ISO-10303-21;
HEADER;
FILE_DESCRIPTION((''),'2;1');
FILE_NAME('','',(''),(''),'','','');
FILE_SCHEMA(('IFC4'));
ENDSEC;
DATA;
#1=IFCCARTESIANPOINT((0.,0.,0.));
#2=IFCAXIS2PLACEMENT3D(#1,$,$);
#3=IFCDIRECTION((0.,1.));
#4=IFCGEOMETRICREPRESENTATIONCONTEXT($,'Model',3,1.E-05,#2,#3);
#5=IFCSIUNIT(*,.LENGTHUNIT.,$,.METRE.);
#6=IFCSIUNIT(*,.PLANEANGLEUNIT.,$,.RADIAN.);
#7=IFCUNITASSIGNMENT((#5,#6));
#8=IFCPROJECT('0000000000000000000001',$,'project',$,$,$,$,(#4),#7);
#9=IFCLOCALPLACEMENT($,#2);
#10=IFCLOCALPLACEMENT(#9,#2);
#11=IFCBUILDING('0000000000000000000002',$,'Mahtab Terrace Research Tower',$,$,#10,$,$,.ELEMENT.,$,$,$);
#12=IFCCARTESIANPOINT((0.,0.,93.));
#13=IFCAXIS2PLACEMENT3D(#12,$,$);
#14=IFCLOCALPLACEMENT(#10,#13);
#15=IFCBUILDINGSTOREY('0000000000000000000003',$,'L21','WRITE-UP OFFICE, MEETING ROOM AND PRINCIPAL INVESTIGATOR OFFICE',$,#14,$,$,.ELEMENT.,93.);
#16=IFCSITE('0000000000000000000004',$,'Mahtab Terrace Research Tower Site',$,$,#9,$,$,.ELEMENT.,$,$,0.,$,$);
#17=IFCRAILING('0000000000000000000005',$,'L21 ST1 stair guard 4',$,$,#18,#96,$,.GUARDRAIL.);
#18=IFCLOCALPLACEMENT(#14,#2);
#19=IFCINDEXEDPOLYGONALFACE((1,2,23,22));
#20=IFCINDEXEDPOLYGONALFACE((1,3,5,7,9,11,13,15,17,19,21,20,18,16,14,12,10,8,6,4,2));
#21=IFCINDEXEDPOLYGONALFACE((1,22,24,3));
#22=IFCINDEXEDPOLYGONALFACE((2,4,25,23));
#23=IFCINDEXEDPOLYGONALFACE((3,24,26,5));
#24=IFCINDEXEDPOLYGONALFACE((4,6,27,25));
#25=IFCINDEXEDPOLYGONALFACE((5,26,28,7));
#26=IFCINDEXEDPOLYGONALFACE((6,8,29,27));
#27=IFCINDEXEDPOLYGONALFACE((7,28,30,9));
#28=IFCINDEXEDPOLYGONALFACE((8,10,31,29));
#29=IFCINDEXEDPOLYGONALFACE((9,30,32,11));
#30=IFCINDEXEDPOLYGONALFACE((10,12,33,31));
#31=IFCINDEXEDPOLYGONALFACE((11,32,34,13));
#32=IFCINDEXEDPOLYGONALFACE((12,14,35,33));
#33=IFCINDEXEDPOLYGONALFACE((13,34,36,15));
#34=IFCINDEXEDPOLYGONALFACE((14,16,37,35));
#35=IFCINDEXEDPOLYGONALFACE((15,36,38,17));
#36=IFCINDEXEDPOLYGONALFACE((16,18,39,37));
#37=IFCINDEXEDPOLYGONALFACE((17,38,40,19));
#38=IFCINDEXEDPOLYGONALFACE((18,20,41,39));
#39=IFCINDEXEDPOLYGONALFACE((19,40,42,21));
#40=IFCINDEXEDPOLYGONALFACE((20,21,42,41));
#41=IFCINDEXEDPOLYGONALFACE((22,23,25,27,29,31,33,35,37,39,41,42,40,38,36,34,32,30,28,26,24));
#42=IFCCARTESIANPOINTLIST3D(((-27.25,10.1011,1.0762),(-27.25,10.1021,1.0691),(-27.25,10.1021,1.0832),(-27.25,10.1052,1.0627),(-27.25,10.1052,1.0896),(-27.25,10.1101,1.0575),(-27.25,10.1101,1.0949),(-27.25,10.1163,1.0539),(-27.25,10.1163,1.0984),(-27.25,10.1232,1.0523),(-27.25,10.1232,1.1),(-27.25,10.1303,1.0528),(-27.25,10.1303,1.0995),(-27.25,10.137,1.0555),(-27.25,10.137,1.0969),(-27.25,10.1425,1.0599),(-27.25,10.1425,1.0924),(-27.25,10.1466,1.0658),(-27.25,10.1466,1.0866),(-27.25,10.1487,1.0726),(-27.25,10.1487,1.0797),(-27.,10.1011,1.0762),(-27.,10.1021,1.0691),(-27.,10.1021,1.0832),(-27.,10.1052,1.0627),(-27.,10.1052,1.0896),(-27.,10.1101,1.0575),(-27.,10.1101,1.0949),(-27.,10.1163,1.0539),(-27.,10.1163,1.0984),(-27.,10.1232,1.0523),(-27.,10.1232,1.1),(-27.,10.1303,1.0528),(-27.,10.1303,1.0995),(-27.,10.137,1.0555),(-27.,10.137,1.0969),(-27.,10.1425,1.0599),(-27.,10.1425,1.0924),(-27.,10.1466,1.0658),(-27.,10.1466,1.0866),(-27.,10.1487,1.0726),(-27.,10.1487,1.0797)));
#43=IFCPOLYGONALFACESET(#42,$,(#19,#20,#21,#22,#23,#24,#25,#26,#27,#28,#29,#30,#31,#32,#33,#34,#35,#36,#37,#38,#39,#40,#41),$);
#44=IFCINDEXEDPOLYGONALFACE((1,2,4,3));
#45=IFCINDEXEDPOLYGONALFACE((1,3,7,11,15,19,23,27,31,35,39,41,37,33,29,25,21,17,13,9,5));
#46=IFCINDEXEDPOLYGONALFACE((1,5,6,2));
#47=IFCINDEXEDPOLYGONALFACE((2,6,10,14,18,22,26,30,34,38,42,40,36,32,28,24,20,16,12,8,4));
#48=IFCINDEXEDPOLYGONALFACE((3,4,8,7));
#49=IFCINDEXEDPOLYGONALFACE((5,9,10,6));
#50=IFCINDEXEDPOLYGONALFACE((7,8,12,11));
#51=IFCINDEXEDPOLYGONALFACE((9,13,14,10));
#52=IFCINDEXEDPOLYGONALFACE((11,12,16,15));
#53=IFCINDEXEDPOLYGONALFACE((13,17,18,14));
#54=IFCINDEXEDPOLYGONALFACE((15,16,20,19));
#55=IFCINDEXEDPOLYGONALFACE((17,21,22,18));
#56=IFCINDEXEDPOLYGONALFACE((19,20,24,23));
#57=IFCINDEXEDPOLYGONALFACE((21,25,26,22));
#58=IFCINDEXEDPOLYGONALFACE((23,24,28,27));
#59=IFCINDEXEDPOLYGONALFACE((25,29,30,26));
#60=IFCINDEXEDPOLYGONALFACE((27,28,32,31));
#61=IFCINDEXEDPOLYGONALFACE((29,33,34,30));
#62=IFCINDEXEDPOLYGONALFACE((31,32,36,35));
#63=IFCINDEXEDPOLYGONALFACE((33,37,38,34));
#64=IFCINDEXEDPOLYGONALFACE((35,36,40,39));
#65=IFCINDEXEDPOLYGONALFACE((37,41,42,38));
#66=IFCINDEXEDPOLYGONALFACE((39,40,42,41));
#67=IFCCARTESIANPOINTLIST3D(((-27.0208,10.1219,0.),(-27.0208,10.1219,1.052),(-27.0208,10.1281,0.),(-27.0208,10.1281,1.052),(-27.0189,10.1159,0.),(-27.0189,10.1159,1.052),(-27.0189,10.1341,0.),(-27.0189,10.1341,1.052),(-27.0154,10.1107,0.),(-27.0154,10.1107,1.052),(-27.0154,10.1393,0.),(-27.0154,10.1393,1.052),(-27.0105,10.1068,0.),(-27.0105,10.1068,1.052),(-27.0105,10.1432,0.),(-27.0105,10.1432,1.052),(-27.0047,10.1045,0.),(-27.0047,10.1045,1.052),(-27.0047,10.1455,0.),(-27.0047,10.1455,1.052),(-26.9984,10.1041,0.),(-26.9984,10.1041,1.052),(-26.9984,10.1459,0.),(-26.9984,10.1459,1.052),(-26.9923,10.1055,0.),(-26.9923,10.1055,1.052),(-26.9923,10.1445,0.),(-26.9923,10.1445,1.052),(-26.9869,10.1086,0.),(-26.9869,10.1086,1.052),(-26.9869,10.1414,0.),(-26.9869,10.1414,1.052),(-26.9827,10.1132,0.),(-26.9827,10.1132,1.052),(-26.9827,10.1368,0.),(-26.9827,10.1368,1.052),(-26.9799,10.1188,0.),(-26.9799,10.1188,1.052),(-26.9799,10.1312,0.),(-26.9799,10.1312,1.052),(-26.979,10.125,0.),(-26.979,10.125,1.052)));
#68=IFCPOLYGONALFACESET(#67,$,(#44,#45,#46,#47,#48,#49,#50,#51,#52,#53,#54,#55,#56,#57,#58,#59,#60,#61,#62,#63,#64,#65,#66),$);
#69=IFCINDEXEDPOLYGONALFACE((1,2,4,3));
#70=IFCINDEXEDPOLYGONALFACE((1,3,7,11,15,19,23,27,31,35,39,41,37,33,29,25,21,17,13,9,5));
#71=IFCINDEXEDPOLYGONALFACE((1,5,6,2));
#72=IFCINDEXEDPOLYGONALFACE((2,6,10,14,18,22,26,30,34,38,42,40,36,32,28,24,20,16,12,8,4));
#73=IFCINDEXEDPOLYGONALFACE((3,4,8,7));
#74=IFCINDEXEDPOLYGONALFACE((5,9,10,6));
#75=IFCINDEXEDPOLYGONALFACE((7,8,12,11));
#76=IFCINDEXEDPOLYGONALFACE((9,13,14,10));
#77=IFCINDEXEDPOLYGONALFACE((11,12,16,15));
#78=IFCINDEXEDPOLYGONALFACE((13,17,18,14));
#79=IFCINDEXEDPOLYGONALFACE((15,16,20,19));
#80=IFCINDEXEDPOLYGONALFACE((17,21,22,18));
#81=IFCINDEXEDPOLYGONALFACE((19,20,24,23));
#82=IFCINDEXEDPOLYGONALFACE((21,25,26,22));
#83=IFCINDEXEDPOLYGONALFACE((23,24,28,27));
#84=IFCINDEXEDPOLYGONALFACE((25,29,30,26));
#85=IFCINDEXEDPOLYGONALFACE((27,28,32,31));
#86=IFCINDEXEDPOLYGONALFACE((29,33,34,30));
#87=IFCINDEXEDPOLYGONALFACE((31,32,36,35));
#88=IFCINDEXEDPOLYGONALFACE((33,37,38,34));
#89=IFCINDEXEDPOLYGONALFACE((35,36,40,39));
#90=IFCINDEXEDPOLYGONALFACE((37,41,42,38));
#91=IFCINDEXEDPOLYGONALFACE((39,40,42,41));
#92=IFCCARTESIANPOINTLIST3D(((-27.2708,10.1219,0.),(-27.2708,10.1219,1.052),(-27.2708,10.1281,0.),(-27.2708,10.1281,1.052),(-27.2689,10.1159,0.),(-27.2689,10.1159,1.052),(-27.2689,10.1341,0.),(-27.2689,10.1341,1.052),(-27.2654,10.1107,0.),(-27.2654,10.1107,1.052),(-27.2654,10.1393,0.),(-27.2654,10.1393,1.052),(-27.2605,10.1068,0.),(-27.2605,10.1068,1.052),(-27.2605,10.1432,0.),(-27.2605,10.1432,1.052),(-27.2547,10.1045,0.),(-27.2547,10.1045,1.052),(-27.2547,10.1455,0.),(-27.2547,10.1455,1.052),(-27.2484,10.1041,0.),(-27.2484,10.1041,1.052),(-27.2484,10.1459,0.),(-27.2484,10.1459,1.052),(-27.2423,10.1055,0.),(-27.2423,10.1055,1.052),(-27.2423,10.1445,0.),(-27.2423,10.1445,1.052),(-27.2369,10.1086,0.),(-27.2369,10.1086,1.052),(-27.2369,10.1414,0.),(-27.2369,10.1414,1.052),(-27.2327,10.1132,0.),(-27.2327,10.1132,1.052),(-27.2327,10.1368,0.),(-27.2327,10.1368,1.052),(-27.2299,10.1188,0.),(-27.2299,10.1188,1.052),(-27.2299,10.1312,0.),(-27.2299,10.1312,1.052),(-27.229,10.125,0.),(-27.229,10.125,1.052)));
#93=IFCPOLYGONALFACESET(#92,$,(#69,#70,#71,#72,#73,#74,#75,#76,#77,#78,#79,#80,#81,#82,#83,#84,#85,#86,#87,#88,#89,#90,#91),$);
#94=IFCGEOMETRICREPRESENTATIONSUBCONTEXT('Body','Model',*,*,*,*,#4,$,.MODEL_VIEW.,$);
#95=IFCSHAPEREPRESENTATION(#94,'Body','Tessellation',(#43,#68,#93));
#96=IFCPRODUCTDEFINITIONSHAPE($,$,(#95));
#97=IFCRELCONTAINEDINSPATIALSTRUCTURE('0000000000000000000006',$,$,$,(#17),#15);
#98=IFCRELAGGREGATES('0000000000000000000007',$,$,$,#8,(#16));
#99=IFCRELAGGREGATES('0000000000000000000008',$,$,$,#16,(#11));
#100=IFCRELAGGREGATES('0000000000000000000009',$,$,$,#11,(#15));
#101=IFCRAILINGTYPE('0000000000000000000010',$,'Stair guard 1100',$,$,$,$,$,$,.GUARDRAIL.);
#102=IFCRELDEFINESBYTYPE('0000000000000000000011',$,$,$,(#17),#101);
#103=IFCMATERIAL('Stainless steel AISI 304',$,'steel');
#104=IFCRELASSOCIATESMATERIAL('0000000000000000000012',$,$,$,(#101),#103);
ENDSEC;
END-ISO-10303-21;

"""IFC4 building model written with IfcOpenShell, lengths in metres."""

from ifc_helpers import new_model, si_unit, direction, frame, origin, origin_2d, place, context, subcontext, project, spatial, circle, extrude, material, type_object, element, save


model = new_model("IFC4")

# Units and contexts
model_context = context("Model", 3, precision=1e-05, world=origin(), true_north=direction((0.0, 1.0)))
body_context = subcontext(model_context, "Body", "Model", "MODEL_VIEW")
ifc_project = project(units=[si_unit("LENGTHUNIT", "METRE"), si_unit("PLANEANGLEUNIT", "RADIAN")], contexts=[model_context])

# Site, building, storey
site_placement = place(None, origin())
site = spatial("IfcSite", under=ifc_project, at=site_placement, Name="Mahtab Terrace Research Tower Site", CompositionType="ELEMENT", RefElevation=0.0)
building_placement = place(site_placement, origin())
building = spatial("IfcBuilding", under=site, at=building_placement, Name="Mahtab Terrace Research Tower", CompositionType="ELEMENT")
storey_placement = place(building_placement, frame((0.0, 0.0, 93.0)))
storey = spatial("IfcBuildingStorey", under=building, at=storey_placement, Name="L21", Description="WRITE-UP OFFICE, MEETING ROOM AND PRINCIPAL INVESTIGATOR OFFICE", CompositionType="ELEMENT", Elevation=93.0)

# Railing
ifc_material_1 = material(Name="Stainless steel AISI 304", Category="steel")
railing_type_1 = type_object("IfcRailingType", Name="Stair guard 1100", PredefinedType="GUARDRAIL", material=ifc_material_1)
railing_1_placement = place(storey_placement, frame((-27.0, 10.125, 0.0)))
element("IfcRailing", 1, at=railing_1_placement, inside=storey, type_object=railing_type_1, Name="L21 ST1 stair guard 4", PredefinedType="GUARDRAIL", context=body_context, shape_type="SweptSolid", body=[
    extrude(circle(Radius=0.0239, at=origin_2d()), frame((0.0, 0.0, 1.0762), z_axis=(-1.0, 0.0, 0.0), x_axis=(0.0, -1.0, 0.0)), (0.0, 0.0, 1.0), 0.25),
    extrude(circle(Radius=0.021, at=origin_2d()), origin(), (0.0, 0.0, 1.0), 1.052),
    extrude(circle(Radius=0.021, at=origin_2d()), frame((-0.25, 0.0, 0.0)), (0.0, 0.0, 1.0), 1.052),
])

save(model, "model.ifc")
